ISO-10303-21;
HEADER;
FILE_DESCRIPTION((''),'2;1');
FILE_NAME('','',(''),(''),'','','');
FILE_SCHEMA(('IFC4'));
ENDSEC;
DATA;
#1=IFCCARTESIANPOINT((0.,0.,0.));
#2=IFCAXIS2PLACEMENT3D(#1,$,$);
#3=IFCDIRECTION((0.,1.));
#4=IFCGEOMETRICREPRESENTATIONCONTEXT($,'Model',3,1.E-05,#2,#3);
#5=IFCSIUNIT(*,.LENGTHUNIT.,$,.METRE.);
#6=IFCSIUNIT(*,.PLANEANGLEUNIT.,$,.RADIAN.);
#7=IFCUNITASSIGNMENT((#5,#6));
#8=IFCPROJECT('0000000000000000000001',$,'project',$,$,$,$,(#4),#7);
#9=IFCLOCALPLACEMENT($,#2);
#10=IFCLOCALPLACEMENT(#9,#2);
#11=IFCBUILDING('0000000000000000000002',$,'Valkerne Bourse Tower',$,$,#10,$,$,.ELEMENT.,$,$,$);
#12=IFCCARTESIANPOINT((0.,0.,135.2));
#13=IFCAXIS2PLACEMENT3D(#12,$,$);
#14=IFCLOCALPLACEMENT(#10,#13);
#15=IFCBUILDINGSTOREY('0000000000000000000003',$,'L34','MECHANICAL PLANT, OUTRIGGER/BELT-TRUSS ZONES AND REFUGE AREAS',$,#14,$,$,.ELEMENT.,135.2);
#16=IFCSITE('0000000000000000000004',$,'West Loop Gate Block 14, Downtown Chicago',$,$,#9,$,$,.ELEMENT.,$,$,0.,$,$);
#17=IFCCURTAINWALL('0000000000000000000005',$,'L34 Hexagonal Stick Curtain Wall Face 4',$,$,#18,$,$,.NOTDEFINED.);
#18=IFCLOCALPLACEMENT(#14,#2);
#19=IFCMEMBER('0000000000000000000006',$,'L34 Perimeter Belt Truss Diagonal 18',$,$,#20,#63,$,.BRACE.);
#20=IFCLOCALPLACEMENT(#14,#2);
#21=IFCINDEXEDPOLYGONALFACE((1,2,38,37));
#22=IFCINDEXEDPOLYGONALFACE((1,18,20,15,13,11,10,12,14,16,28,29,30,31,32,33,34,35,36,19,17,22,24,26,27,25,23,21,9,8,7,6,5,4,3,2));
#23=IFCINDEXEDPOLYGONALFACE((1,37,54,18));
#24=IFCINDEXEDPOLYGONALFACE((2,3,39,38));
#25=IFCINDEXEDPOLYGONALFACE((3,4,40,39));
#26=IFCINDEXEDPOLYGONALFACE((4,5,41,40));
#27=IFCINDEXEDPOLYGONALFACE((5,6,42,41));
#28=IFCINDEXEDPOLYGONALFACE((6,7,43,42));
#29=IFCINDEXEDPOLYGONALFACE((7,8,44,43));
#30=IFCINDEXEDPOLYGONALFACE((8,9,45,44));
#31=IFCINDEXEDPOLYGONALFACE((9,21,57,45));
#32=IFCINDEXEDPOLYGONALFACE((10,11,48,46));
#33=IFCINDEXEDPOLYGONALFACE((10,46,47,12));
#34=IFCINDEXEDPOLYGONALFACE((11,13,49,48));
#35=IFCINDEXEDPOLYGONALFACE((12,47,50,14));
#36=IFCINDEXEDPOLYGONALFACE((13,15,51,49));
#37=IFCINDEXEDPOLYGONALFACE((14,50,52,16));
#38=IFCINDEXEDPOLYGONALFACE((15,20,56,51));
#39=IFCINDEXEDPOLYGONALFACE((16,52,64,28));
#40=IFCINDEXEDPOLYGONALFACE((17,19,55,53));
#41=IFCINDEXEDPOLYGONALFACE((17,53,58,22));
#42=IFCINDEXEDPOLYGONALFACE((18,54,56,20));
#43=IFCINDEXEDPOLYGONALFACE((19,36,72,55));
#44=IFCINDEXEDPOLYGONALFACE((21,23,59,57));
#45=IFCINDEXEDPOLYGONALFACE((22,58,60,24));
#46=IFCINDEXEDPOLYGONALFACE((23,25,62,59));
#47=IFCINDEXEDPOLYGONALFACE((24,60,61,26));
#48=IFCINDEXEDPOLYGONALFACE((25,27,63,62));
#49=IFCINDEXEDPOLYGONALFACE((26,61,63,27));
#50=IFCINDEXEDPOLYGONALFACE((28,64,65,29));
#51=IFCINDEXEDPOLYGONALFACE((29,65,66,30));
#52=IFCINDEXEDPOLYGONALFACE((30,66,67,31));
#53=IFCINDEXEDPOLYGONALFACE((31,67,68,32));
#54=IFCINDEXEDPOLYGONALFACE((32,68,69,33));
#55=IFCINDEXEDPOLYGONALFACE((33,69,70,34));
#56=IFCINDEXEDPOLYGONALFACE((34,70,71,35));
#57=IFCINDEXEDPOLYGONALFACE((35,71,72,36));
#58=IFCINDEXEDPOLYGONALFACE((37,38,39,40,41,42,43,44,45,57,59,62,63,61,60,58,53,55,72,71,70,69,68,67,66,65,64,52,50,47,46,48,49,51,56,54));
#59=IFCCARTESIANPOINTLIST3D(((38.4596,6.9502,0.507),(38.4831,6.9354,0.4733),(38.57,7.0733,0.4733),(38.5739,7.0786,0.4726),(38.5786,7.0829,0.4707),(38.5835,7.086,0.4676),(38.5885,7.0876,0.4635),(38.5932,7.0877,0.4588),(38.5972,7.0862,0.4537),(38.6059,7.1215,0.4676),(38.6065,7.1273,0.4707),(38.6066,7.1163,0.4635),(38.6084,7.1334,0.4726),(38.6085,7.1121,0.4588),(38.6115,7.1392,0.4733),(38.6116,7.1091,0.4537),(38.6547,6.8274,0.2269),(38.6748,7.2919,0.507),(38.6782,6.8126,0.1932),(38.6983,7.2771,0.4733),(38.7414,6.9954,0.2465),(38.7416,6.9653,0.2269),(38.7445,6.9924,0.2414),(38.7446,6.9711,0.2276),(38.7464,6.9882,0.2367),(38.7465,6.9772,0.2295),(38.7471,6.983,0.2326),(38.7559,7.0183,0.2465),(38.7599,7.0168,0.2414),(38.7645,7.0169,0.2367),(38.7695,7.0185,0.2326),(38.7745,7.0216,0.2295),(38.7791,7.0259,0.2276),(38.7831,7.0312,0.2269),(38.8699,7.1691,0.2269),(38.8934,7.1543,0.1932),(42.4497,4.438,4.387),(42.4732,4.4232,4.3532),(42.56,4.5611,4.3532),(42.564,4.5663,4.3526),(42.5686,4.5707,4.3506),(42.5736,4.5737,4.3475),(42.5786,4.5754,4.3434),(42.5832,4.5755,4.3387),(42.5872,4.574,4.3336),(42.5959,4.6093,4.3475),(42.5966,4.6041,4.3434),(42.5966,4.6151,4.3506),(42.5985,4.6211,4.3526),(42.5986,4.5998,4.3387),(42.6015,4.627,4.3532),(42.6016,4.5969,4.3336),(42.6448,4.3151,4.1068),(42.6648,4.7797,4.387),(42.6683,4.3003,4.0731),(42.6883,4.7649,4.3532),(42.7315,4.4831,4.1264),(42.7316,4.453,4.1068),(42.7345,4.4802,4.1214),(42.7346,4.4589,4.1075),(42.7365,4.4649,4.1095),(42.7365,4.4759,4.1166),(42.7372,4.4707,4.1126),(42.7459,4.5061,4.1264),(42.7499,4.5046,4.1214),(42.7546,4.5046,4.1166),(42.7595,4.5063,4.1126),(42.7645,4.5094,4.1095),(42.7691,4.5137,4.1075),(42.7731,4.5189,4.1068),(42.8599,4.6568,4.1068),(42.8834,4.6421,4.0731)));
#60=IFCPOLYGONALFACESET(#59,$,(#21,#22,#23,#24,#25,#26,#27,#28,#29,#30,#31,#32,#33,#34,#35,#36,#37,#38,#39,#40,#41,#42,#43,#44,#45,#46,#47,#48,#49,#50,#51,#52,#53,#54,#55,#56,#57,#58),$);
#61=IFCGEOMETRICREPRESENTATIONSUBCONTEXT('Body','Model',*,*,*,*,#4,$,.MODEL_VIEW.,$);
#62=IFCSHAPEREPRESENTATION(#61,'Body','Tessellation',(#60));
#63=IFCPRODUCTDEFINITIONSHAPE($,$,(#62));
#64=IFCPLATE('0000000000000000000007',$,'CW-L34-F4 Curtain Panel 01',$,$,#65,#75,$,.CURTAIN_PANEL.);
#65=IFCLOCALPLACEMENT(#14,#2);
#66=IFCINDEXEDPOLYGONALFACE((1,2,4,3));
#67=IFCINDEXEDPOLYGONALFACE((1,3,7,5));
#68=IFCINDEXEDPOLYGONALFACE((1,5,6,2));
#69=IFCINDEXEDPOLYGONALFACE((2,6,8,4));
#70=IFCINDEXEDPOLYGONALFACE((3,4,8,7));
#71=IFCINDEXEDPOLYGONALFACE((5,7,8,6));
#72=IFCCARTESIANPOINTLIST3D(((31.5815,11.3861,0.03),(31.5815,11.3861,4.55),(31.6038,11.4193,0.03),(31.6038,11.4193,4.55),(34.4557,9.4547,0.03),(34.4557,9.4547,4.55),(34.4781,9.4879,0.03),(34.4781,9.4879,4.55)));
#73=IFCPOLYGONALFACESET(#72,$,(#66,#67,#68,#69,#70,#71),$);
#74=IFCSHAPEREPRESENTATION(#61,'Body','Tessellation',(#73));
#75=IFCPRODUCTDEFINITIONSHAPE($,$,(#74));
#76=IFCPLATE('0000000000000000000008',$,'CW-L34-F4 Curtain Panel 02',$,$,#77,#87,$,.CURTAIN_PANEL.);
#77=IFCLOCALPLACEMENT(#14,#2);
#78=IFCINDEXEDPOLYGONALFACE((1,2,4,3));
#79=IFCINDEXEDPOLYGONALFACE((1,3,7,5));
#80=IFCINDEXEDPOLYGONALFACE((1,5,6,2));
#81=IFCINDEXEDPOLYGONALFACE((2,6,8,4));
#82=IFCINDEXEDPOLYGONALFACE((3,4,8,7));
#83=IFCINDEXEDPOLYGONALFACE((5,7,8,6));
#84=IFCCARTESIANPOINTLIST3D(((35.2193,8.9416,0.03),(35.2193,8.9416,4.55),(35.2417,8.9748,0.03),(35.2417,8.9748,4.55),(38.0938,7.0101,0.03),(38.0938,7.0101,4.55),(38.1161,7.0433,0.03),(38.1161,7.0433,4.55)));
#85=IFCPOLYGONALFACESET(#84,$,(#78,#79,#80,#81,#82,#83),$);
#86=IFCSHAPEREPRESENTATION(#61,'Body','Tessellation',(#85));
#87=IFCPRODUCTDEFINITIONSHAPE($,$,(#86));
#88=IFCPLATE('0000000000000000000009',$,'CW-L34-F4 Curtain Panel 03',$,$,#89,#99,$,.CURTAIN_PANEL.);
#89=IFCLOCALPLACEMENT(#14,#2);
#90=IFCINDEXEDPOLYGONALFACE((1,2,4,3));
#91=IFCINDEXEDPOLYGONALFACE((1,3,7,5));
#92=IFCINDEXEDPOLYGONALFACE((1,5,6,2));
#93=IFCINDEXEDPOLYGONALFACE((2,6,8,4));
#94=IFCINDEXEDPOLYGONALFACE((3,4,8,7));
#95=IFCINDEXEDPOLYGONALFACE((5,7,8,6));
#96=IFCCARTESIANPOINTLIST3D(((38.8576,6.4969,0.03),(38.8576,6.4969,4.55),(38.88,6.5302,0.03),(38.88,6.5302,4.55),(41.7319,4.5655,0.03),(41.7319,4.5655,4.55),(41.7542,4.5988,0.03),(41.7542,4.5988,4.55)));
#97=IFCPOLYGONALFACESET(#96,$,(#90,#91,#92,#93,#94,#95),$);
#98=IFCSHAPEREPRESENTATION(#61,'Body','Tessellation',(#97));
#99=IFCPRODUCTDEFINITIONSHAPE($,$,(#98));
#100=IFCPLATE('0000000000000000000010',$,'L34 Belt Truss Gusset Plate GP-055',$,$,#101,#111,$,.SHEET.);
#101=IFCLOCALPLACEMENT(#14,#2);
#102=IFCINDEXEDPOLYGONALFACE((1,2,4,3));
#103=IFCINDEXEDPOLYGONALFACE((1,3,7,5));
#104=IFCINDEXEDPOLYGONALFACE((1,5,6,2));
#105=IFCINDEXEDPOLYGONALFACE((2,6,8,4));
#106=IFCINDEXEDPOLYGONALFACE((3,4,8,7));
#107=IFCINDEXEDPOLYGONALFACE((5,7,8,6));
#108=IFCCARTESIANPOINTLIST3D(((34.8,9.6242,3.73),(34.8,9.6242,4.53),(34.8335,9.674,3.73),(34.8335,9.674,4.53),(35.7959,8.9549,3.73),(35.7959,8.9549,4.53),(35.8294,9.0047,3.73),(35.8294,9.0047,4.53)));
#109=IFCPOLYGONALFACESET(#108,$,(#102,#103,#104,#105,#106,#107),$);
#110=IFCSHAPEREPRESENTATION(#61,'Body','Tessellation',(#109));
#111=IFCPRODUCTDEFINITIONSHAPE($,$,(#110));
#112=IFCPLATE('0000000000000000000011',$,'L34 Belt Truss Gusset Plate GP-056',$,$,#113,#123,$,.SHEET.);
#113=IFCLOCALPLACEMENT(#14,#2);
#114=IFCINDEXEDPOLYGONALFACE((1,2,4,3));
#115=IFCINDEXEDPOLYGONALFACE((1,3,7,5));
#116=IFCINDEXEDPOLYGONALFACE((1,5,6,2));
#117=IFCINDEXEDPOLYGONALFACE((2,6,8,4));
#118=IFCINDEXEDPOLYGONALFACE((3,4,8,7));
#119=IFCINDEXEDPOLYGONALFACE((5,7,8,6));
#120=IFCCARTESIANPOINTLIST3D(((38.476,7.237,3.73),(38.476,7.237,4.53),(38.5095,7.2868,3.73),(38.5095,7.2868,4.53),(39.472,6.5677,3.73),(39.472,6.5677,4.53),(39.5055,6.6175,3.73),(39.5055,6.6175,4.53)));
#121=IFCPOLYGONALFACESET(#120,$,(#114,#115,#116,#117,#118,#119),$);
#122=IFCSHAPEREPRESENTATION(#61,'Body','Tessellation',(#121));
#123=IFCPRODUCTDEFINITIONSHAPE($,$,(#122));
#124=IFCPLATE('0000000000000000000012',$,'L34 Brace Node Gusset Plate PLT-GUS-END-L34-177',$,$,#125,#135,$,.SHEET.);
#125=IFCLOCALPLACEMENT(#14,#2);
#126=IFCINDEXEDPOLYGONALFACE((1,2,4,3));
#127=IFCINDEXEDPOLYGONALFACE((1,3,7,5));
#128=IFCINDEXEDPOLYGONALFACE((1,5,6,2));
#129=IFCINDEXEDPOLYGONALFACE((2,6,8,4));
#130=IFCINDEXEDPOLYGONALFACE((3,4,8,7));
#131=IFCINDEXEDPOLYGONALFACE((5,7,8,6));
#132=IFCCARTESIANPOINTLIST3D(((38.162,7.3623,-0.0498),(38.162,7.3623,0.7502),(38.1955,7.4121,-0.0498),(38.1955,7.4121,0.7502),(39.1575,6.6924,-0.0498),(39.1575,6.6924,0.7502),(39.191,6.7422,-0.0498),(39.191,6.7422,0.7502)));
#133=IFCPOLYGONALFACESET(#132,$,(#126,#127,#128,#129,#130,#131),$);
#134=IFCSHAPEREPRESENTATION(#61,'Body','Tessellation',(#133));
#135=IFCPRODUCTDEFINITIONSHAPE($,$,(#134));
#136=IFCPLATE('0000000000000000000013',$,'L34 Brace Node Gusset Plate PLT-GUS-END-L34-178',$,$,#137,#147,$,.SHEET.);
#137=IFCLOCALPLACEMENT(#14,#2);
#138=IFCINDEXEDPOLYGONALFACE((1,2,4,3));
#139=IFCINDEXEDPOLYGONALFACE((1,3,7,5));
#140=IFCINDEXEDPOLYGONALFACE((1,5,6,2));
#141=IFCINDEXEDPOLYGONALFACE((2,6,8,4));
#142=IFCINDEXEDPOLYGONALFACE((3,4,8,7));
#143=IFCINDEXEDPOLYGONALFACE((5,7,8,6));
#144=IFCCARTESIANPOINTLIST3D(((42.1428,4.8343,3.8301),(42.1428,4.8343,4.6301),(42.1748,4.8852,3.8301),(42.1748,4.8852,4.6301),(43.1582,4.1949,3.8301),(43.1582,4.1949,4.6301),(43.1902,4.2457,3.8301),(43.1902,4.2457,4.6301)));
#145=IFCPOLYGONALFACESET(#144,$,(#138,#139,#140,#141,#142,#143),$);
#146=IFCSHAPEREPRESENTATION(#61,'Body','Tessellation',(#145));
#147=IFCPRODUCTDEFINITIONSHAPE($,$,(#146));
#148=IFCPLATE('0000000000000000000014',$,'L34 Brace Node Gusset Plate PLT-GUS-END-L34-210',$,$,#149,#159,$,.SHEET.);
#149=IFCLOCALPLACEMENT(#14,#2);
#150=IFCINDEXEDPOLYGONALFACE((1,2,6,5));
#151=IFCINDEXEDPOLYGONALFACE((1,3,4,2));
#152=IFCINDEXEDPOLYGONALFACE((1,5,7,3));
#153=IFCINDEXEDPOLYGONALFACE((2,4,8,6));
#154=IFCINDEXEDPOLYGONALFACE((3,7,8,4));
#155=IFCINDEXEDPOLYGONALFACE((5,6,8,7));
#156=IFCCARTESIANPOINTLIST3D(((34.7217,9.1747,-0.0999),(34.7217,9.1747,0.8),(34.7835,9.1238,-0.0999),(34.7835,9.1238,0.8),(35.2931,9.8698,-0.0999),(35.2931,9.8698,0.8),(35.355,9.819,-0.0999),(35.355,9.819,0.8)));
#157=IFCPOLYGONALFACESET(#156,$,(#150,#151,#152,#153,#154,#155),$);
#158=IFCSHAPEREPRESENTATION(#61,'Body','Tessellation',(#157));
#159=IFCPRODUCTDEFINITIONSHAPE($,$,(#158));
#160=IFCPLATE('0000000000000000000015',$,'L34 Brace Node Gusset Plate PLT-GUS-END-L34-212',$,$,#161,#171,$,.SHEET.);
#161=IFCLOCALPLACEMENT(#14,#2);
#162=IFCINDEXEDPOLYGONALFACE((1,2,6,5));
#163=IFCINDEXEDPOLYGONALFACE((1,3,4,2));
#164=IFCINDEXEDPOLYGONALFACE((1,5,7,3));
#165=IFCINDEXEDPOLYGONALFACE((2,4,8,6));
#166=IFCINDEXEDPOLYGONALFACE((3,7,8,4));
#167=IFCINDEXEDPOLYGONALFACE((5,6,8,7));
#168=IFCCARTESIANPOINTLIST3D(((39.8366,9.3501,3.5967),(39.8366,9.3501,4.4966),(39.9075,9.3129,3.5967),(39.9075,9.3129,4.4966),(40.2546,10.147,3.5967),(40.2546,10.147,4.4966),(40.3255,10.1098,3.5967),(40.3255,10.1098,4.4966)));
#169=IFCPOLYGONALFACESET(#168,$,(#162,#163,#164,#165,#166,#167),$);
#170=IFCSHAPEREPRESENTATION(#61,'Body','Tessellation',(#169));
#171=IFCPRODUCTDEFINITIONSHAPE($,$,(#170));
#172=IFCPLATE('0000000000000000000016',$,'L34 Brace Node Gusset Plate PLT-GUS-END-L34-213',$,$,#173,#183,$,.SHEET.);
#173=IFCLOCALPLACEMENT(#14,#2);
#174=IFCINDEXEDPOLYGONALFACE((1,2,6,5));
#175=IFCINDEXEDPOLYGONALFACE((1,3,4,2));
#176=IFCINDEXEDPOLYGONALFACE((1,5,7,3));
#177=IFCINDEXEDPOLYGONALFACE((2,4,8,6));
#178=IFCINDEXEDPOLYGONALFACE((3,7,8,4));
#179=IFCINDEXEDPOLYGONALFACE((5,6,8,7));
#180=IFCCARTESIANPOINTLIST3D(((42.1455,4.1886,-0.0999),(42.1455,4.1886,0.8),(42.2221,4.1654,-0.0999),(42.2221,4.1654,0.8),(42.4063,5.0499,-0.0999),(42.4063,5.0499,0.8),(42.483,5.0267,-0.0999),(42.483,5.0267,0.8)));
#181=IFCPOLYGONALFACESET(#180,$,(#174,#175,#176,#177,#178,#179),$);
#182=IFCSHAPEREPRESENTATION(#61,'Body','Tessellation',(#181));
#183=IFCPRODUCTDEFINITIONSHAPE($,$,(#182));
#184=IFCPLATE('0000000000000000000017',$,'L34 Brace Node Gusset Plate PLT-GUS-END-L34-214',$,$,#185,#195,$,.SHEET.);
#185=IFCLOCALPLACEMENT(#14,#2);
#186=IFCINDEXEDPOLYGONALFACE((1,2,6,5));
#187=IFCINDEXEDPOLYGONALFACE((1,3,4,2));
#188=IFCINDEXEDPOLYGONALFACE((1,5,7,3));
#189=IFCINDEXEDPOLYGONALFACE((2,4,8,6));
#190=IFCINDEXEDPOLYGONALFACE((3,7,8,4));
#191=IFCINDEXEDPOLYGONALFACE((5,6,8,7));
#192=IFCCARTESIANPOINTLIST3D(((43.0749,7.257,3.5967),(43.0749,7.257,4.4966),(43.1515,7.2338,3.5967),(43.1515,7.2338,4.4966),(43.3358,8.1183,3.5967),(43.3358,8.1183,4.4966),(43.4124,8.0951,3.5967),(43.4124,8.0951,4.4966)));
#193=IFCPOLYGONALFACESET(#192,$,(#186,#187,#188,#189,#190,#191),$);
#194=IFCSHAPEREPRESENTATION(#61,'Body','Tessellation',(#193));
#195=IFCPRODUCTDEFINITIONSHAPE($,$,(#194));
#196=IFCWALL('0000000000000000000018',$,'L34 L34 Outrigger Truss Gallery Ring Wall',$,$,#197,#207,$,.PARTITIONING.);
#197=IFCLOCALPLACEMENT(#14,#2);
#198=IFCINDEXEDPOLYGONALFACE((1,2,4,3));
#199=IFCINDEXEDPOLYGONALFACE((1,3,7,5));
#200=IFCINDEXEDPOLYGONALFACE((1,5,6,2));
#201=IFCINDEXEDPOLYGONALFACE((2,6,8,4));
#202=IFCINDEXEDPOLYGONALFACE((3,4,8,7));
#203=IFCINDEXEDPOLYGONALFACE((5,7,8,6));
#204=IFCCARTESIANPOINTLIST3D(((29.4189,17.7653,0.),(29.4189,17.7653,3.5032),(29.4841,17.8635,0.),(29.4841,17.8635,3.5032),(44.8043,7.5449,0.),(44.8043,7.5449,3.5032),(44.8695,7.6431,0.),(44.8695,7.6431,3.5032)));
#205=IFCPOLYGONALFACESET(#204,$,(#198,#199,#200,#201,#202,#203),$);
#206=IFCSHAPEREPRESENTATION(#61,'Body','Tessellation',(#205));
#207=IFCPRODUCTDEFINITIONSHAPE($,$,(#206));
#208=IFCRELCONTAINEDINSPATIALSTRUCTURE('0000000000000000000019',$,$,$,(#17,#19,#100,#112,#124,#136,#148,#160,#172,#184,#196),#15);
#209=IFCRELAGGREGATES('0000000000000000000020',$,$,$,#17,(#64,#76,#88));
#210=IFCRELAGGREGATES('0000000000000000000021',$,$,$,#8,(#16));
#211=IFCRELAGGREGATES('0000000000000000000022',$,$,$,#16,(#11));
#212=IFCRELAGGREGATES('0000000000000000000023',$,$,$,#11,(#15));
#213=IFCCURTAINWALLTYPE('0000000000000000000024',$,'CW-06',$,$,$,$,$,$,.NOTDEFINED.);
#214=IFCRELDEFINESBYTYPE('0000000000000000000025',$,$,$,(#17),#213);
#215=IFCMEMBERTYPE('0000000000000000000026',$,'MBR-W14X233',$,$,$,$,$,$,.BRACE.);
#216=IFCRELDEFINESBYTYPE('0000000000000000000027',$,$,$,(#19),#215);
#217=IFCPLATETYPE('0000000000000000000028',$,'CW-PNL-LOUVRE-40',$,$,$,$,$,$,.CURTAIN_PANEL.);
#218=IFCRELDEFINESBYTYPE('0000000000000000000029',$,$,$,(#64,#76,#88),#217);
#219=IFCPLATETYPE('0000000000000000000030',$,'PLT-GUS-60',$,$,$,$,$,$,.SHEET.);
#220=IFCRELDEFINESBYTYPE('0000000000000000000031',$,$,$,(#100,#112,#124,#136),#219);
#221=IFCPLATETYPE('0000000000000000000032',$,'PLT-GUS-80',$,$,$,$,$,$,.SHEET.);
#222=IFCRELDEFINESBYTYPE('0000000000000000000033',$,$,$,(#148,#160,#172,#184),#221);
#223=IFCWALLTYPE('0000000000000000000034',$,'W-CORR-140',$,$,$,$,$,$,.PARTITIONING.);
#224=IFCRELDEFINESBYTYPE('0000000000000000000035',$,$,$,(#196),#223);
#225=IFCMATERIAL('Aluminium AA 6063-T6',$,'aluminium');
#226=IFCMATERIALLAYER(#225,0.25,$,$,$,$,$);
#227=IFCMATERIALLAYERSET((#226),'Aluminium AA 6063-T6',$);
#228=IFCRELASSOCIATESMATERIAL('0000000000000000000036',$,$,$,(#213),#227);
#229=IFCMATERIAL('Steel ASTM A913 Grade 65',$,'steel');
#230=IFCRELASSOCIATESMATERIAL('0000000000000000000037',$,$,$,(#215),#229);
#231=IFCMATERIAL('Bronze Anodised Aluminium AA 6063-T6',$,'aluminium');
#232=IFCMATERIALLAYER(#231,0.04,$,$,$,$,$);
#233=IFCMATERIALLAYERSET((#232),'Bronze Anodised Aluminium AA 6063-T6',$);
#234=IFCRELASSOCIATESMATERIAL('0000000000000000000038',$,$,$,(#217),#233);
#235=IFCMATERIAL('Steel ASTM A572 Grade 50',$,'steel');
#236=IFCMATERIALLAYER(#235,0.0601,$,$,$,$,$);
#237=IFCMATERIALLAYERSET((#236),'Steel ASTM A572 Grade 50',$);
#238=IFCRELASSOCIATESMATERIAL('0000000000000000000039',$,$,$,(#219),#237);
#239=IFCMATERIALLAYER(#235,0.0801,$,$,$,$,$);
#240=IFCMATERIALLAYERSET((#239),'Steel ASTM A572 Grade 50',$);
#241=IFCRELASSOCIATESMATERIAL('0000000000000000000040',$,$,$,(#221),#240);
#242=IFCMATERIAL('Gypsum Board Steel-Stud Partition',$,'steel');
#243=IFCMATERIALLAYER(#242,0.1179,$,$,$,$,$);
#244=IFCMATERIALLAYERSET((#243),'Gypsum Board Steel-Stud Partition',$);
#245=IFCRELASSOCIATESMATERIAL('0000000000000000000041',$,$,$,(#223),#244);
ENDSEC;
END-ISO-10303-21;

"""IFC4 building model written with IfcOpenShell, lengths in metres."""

from ifc_helpers import new_model, si_unit, direction, frame, frame_2d, origin, origin_2d, place, context, subcontext, project, spatial, rectangle, i_section, extrude, material, layer, layer_set, material_profile, profile_set, type_object, element, aggregate, save


model = new_model("IFC4")

# Units and contexts
model_context = context("Model", 3, precision=1e-05, world=origin(), true_north=direction((0.0, 1.0)))
body_context = subcontext(model_context, "Body", "Model", "MODEL_VIEW")
ifc_project = project(units=[si_unit("LENGTHUNIT", "METRE"), si_unit("PLANEANGLEUNIT", "RADIAN")], contexts=[model_context])

# Site, building, storey
site_placement = place(None, origin())
site = spatial("IfcSite", under=ifc_project, at=site_placement, Name="West Loop Gate Block 14, Downtown Chicago", CompositionType="ELEMENT", RefElevation=0.0)
building_placement = place(site_placement, origin())
building = spatial("IfcBuilding", under=site, at=building_placement, Name="Valkerne Bourse Tower", CompositionType="ELEMENT")
storey_placement = place(building_placement, frame((0.0, 0.0, 135.2)))
storey = spatial("IfcBuildingStorey", under=building, at=storey_placement, Name="L34", Description="MECHANICAL PLANT, OUTRIGGER/BELT-TRUSS ZONES AND REFUGE AREAS", CompositionType="ELEMENT", Elevation=135.2)

# Shared definitions
ifc_material_1 = material(Name="Steel ASTM A913 Grade 65", Category="steel")

# Curtain wall
ifc_material_2 = material(Name="Aluminium AA 6063-T6", Category="aluminium")
ifc_layer_1 = layer(ifc_material_2, 0.25)
ifc_layer_set_1 = layer_set([ifc_layer_1], Name="Aluminium AA 6063-T6")
curtain_wall_type = type_object("IfcCurtainWallType", Name="CW-06", PredefinedType="NOTDEFINED", material=ifc_layer_set_1)
curtain_wall_placement = place(storey_placement, origin())
curtain_wall = element("IfcCurtainWall", 1, at=curtain_wall_placement, inside=storey, type_object=curtain_wall_type, Name="L34 Hexagonal Stick Curtain Wall Face 4", PredefinedType="NOTDEFINED")

# Member
ifc_material_profile_1 = material_profile(ifc_material_1, i_section(OverallWidth=0.4038, OverallDepth=0.4065, WebThickness=0.0271, FlangeThickness=0.0437, FilletRadius=0.0254, at=origin_2d()), Name="W14X233")
ifc_profile_set_1 = profile_set([ifc_material_profile_1], Name="Steel ASTM A913 Grade 65")
member_type_1 = type_object("IfcMemberType", Name="MBR-W14X233", PredefinedType="BRACE", material=ifc_profile_set_1)
member_1_placement = place(storey_placement, frame((38.6765, 7.0522, 0.3501), z_axis=(0.653441, -0.411424, 0.635409), x_axis=(0.532812, 0.846234, 0.0)))
element("IfcMember", 2, at=member_1_placement, inside=storey, type_object=member_type_1, Name="L34 Perimeter Belt Truss Diagonal 18", PredefinedType="BRACE", context=body_context, shape_type="SweptSolid", body=[
    extrude(i_section(OverallWidth=0.4038, OverallDepth=0.4065, WebThickness=0.0271, FlangeThickness=0.0437, FilletRadius=0.0254, at=origin_2d()), origin(), (0.0, 0.0, 1.0), 6.1062),
])

# Plates
ifc_material_3 = material(Name="Bronze Anodised Aluminium AA 6063-T6", Category="aluminium")
ifc_layer_2 = layer(ifc_material_3, 0.04)
ifc_layer_set_2 = layer_set([ifc_layer_2], Name="Bronze Anodised Aluminium AA 6063-T6")
plate_type_1 = type_object("IfcPlateType", Name="CW-PNL-LOUVRE-40", PredefinedType="CURTAIN_PANEL", material=ifc_layer_set_2)
plate_1_placement = place(storey_placement, frame((33.0298, 10.437, 0.03), z_axis=(0.0, 0.0, 1.0), x_axis=(0.830009, -0.55775, 0.0)))
plate_1 = element("IfcPlate", 3, at=plate_1_placement, type_object=plate_type_1, Name="CW-L34-F4 Curtain Panel 01", PredefinedType="CURTAIN_PANEL", context=body_context, shape_type="SweptSolid", body=[
    extrude(rectangle(XDim=3.4629, YDim=0.04, at=origin_2d()), origin(), (0.0, 0.0, 1.0), 4.52),
])
plate_2_placement = place(storey_placement, frame((36.6677, 7.9924, 0.03), z_axis=(0.0, 0.0, 1.0), x_axis=(0.830016, -0.55774, 0.0)))
plate_2 = element("IfcPlate", 4, at=plate_2_placement, type_object=plate_type_1, Name="CW-L34-F4 Curtain Panel 02", PredefinedType="CURTAIN_PANEL", context=body_context, shape_type="SweptSolid", body=[
    extrude(rectangle(XDim=3.4631, YDim=0.04, at=origin_2d()), origin(), (0.0, 0.0, 1.0), 4.52),
])
plate_3_placement = place(storey_placement, frame((40.3059, 5.5479, 0.03), z_axis=(0.0, 0.0, 1.0), x_axis=(0.830009, -0.55775, 0.0)))
plate_3 = element("IfcPlate", 5, at=plate_3_placement, type_object=plate_type_1, Name="CW-L34-F4 Curtain Panel 03", PredefinedType="CURTAIN_PANEL", context=body_context, shape_type="SweptSolid", body=[
    extrude(rectangle(XDim=3.4629, YDim=0.04, at=origin_2d()), origin(), (0.0, 0.0, 1.0), 4.52),
])
aggregate(curtain_wall, [plate_1, plate_2, plate_3])

# Plates
ifc_material_4 = material(Name="Steel ASTM A572 Grade 50", Category="steel")
ifc_layer_3 = layer(ifc_material_4, 0.0601)
ifc_layer_set_3 = layer_set([ifc_layer_3], Name="Steel ASTM A572 Grade 50")
plate_type_2 = type_object("IfcPlateType", Name="PLT-GUS-60", PredefinedType="SHEET", material=ifc_layer_set_3)
for number, where, z_axis, x_axis, name in (
    (6, (35.3147, 9.3145, 3.73), (0.0, 0.0, 1.0), (0.830012, -0.557745, 0.0), "L34 Belt Truss Gusset Plate GP-055"),
    (7, (38.9907, 6.9272, 3.73), (0.0, 0.0, 1.0), (0.830012, -0.557745, 0.0), "L34 Belt Truss Gusset Plate GP-056"),
    (8, (38.6765, 7.0522, -0.0498), (0.0, 0.0, 1.0), (-0.829623, 0.558324, 0.0), "L34 Brace Node Gusset Plate PLT-GUS-END-L34-177"),
    (9, (42.6665, 4.54, 3.8301), (0.0, 0.0, 1.0), (0.846193, -0.532876, 0.0), "L34 Brace Node Gusset Plate PLT-GUS-END-L34-178"),
):
    element("IfcPlate", number, at=place(storey_placement, frame(where, z_axis=z_axis, x_axis=x_axis)), inside=storey, type_object=plate_type_2, Name=name, PredefinedType="SHEET", context=body_context, shape_type="SweptSolid", body=[
        extrude(rectangle(XDim=1.2, YDim=0.0601, at=origin_2d()), origin(), (0.0, 0.0, 1.0), 0.8),
    ])
ifc_layer_4 = layer(ifc_material_4, 0.0801)
ifc_layer_set_4 = layer_set([ifc_layer_4], Name="Steel ASTM A572 Grade 50")
plate_type_3 = type_object("IfcPlateType", Name="PLT-GUS-80", PredefinedType="SHEET", material=ifc_layer_set_4)
for number, where, z_axis, x_axis, name in (
    (10, (35.0383, 9.4968, -0.0999), (0.0, 0.0, 1.0), (0.635, 0.772512, 0.0), "L34 Brace Node Gusset Plate PLT-GUS-END-L34-210"),
    (11, (40.0811, 9.73, 3.5967), (0.0, 0.0, 1.0), (0.464533, 0.885556, 0.0), "L34 Brace Node Gusset Plate PLT-GUS-END-L34-212"),
    (12, (42.3142, 4.6077, -0.0999), (0.0, 0.0, 1.0), (0.289867, 0.957067, 0.0), "L34 Brace Node Gusset Plate PLT-GUS-END-L34-213"),
    (13, (43.2437, 7.676, 3.5967), (0.0, 0.0, 1.0), (0.289867, 0.957067, 0.0), "L34 Brace Node Gusset Plate PLT-GUS-END-L34-214"),
):
    element("IfcPlate", number, at=place(storey_placement, frame(where, z_axis=z_axis, x_axis=x_axis)), inside=storey, type_object=plate_type_3, Name=name, PredefinedType="SHEET", context=body_context, shape_type="SweptSolid", body=[
        extrude(rectangle(XDim=0.8999, YDim=0.0801, at=origin_2d()), origin(), (0.0, 0.0, 1.0), 0.8999),
    ])

# Wall
ifc_material_5 = material(Name="Gypsum Board Steel-Stud Partition", Category="steel")
ifc_layer_5 = layer(ifc_material_5, 0.1179)
ifc_layer_set_5 = layer_set([ifc_layer_5], Name="Gypsum Board Steel-Stud Partition")
wall_type = type_object("IfcWallType", Name="W-CORR-140", PredefinedType="PARTITIONING", material=ifc_layer_set_5)
wall_placement = place(storey_placement, frame((44.8369, 7.594, 0.0), z_axis=(0.0, 0.0, 1.0), x_axis=(-0.832962, 0.55333, 0.0)))
element("IfcWall", 14, at=wall_placement, inside=storey, type_object=wall_type, Name="L34 L34 Outrigger Truss Gallery Ring Wall", PredefinedType="PARTITIONING", context=body_context, shape_type="SweptSolid", body=[
    extrude(rectangle(XDim=18.4707, YDim=0.1179, at=frame_2d((9.2354, 0.0))), origin(), (0.0, 0.0, 1.0), 3.5032),
])

save(model, "model.ifc")
